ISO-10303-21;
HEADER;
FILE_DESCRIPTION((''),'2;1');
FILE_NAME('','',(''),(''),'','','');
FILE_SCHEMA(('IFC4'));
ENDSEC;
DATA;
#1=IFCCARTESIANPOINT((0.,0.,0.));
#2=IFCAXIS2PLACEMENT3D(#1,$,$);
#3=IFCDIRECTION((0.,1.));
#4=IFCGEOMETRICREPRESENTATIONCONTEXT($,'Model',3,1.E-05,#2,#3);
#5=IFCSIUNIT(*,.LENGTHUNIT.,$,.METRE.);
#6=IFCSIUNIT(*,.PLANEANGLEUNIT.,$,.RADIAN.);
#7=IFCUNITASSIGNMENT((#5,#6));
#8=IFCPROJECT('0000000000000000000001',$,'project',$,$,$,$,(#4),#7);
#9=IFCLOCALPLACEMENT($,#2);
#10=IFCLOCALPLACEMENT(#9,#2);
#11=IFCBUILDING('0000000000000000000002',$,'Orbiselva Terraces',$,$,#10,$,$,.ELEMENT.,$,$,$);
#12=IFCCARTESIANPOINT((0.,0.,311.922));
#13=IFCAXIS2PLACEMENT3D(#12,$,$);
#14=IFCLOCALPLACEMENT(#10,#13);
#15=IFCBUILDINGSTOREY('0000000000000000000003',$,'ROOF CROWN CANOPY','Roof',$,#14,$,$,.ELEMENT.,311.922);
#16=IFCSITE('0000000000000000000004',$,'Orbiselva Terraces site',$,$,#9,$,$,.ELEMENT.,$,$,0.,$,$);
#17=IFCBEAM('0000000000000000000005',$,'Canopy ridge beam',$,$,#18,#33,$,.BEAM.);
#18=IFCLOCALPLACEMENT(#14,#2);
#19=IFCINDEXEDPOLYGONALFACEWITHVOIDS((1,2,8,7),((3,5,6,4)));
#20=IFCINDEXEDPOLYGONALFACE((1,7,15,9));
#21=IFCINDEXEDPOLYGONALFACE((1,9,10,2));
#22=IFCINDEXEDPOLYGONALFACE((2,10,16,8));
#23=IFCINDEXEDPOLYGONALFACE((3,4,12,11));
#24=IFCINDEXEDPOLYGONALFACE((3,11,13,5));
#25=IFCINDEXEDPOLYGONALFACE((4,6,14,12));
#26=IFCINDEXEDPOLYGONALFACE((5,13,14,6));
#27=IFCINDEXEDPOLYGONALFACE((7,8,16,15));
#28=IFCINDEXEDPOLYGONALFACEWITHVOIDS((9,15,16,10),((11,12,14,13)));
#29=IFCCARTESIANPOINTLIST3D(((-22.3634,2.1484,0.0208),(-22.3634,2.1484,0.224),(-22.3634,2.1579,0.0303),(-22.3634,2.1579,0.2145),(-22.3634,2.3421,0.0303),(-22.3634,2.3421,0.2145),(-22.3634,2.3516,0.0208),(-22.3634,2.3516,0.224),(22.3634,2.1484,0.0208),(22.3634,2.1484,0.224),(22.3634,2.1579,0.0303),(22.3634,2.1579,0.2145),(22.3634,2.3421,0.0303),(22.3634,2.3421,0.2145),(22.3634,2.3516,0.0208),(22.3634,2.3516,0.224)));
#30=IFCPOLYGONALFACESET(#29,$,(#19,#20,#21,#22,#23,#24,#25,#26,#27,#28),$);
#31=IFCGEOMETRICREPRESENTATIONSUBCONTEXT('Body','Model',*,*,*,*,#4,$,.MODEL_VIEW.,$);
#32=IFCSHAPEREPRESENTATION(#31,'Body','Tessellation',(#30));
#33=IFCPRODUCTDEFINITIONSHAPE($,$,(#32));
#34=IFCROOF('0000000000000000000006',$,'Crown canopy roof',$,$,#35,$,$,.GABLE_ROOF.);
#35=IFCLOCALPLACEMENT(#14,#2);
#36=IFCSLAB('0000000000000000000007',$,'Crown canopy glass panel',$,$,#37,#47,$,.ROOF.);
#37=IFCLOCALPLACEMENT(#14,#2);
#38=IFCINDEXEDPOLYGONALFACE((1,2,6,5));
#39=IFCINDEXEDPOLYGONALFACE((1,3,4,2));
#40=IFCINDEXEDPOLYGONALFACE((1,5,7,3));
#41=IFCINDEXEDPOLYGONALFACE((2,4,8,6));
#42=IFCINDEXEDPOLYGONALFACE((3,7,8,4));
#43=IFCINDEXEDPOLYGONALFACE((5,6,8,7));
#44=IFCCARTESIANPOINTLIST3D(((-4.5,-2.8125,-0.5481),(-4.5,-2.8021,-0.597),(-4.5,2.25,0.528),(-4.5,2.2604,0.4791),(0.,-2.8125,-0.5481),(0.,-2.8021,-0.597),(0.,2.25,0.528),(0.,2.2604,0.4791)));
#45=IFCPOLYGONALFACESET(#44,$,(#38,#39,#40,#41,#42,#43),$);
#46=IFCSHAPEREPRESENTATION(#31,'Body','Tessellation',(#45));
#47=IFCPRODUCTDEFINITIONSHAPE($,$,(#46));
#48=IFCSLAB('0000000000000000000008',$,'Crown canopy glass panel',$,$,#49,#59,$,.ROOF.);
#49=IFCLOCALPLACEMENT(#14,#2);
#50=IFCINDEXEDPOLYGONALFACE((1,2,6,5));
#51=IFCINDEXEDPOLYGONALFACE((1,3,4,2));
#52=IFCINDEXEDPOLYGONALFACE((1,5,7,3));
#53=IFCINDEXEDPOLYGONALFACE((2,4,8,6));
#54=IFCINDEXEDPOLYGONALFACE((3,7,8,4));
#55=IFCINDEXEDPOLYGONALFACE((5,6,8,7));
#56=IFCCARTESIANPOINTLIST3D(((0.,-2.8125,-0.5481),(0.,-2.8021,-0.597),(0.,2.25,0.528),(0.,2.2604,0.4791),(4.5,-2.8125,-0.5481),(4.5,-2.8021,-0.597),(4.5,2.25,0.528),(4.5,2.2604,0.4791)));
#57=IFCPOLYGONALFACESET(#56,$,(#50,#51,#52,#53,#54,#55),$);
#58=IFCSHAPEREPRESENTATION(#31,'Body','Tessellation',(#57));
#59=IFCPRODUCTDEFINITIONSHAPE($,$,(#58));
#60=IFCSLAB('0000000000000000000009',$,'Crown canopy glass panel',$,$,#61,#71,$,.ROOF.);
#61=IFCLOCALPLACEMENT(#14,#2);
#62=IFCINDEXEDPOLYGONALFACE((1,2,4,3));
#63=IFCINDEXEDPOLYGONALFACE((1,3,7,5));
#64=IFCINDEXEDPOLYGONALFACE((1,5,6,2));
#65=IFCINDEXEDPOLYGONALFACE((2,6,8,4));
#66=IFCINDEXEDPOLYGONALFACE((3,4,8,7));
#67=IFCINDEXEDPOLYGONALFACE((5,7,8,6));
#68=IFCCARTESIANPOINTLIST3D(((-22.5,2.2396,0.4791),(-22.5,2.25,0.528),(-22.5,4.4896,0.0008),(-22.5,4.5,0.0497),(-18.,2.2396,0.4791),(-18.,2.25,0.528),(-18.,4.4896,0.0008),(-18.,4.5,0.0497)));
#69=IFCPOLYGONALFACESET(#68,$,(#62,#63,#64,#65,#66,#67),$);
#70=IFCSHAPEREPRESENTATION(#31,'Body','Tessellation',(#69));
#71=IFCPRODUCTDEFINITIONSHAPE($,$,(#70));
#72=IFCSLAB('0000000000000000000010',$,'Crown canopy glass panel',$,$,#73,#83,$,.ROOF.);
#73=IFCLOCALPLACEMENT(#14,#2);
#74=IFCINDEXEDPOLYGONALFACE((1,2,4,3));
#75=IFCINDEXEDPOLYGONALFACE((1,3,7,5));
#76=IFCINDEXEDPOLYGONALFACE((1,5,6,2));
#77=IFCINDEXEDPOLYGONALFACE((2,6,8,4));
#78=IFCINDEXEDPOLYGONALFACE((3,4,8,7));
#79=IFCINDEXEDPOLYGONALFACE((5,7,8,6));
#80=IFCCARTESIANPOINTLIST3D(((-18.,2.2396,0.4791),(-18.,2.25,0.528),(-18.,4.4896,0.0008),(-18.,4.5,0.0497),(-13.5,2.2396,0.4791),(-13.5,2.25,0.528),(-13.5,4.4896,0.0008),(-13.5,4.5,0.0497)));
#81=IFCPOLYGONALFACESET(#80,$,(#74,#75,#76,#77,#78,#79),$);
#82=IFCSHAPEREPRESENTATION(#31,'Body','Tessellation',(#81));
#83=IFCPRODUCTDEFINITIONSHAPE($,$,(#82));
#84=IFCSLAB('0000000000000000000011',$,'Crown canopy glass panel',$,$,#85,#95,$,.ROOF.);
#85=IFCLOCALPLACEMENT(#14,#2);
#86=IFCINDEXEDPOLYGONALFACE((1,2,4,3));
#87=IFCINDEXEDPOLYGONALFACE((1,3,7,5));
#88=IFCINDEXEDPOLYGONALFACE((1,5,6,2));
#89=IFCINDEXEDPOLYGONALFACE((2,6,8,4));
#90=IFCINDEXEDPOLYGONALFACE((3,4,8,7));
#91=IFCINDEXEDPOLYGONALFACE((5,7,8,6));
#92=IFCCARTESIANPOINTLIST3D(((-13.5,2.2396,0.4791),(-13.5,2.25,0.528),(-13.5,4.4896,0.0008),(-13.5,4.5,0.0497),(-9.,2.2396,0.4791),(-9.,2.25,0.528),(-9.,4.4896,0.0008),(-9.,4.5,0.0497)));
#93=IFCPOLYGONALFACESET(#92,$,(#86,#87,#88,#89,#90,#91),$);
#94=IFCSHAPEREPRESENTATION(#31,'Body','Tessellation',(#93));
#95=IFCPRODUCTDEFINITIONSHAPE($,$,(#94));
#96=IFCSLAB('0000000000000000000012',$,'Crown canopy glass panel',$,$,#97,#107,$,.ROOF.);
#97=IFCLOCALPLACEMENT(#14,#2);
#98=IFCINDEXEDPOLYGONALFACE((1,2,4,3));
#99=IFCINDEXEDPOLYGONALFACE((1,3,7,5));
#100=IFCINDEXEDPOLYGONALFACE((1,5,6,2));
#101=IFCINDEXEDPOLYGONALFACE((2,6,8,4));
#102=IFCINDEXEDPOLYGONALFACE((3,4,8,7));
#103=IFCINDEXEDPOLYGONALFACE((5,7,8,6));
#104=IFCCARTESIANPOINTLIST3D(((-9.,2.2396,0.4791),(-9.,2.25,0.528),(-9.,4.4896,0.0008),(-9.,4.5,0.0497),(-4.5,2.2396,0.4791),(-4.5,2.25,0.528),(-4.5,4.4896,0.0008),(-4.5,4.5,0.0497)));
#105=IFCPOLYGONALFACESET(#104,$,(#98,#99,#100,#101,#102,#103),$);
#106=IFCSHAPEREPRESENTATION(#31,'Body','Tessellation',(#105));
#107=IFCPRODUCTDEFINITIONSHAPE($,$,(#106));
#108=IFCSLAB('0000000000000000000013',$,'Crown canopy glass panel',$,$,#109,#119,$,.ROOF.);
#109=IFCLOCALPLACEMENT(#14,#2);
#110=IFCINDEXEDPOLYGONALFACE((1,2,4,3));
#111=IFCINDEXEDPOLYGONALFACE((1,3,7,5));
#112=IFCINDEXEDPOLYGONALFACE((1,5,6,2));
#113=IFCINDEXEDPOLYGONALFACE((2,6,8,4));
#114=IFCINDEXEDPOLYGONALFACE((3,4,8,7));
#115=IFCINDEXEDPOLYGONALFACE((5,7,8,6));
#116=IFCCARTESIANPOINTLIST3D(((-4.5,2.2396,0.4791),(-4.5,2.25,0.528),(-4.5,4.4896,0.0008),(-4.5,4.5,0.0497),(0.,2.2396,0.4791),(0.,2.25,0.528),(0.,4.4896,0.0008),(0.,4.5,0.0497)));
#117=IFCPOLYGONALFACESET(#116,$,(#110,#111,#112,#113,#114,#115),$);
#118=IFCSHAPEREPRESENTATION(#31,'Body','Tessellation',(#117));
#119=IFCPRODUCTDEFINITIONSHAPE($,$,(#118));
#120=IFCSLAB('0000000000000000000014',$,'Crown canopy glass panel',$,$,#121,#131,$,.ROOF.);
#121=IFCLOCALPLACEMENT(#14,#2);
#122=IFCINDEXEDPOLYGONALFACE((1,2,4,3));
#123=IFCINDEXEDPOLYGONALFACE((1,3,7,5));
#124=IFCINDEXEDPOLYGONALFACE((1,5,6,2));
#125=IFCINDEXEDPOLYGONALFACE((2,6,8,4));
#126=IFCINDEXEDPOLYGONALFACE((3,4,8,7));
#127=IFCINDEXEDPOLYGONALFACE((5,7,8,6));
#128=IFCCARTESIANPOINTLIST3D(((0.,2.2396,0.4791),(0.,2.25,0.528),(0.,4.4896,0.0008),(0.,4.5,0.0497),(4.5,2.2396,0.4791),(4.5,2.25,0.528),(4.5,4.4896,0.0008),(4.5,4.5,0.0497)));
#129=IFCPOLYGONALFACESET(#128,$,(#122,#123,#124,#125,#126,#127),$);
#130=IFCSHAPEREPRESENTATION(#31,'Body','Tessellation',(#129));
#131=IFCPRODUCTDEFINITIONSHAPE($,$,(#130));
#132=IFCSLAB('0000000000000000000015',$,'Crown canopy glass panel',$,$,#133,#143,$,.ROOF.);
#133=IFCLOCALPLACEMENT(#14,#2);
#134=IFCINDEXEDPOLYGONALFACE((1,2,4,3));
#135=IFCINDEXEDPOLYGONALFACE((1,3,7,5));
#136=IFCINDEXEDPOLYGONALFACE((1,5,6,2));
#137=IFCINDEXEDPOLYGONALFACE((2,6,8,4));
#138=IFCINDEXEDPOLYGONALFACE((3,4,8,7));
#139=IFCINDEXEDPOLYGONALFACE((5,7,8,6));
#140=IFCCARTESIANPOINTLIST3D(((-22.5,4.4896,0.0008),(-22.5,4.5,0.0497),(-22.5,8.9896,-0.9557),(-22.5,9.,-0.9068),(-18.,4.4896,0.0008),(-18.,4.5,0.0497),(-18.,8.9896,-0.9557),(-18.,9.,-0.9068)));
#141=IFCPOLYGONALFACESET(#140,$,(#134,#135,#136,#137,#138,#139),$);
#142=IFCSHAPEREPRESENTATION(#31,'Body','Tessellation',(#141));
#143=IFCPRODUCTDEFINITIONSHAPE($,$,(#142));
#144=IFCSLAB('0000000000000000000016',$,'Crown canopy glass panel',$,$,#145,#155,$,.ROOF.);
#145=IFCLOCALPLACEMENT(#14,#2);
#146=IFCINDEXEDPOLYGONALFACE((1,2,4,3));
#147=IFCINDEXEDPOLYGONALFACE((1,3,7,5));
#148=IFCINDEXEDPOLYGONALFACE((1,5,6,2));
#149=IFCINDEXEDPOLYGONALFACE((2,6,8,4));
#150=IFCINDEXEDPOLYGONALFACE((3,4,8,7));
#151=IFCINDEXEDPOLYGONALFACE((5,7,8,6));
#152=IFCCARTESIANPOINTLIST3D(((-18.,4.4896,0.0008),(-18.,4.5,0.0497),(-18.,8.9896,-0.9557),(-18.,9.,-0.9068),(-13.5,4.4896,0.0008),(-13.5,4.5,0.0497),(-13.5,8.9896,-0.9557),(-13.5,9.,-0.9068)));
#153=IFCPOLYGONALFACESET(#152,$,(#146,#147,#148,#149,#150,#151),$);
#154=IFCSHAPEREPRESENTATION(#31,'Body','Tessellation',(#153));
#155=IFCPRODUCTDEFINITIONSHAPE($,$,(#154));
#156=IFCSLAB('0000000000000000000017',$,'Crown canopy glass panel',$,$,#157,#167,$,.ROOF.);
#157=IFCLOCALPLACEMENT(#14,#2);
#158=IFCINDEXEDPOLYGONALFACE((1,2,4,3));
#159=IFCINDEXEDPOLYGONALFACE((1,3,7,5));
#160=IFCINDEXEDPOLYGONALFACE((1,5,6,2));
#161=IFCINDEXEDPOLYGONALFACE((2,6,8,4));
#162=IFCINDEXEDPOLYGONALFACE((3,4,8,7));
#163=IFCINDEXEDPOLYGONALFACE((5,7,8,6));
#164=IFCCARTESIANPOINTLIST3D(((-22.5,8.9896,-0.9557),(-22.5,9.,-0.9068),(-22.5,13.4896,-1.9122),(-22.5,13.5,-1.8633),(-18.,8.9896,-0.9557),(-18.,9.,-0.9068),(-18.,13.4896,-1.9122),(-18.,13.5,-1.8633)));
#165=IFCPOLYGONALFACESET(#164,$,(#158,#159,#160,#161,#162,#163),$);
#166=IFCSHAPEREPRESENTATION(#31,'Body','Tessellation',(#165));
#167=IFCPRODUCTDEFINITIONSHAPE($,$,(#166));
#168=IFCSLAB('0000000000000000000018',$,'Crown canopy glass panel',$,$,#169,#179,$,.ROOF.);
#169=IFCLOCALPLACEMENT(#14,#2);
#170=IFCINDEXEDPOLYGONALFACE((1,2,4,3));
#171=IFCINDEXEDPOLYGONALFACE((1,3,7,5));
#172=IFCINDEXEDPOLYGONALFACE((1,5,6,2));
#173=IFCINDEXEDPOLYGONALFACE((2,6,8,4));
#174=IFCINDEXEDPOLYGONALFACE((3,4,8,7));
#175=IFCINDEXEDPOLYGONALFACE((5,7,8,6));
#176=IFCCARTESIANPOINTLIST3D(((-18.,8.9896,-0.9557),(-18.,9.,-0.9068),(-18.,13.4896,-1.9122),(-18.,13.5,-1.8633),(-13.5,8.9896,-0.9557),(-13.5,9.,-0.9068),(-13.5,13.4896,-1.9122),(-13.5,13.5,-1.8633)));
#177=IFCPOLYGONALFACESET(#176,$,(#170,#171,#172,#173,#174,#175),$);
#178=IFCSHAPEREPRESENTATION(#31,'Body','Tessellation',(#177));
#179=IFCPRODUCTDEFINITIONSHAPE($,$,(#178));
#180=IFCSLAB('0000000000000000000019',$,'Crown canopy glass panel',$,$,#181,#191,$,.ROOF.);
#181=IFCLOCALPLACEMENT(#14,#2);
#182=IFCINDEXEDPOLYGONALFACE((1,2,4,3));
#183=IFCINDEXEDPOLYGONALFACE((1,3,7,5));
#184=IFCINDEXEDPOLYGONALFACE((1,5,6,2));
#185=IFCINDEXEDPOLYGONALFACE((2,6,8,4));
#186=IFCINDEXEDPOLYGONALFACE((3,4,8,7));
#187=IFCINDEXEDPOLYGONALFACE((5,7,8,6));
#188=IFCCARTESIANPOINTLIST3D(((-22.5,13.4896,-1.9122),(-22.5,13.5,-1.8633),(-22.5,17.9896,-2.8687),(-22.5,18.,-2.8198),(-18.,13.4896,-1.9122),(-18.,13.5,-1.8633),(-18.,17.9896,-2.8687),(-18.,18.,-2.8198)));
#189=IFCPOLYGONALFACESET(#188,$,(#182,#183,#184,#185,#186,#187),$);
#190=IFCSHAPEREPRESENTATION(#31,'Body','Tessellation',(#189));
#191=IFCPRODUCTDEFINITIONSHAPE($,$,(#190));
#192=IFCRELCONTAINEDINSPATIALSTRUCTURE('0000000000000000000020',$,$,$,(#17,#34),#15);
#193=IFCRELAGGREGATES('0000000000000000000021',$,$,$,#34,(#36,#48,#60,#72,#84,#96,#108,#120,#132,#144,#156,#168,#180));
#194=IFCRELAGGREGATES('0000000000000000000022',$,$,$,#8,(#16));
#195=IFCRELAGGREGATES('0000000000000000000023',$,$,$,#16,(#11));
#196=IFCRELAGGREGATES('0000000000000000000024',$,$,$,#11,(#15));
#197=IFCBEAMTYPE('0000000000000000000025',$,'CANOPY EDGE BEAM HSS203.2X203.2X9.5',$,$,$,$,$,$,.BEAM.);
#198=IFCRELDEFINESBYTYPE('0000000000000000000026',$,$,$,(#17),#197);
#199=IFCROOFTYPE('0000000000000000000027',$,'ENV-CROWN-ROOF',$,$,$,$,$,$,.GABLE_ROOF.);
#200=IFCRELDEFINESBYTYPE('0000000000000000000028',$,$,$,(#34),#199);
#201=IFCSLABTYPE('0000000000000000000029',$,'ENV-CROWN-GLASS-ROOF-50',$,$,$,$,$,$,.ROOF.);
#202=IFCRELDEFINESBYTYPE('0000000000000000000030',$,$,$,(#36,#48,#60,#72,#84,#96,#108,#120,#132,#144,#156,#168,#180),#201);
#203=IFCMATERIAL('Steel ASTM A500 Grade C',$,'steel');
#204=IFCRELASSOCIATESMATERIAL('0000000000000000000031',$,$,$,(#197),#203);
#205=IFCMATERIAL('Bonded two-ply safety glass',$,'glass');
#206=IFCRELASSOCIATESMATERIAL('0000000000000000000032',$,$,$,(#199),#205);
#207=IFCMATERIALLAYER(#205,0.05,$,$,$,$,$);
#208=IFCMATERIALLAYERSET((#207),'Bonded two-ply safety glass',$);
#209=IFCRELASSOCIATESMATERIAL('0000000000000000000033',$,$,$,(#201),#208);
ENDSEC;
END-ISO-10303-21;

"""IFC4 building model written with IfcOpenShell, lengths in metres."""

from ifc_helpers import new_model, si_unit, direction, frame, origin, origin_2d, place, context, subcontext, project, spatial, polyline, hollow_rectangle, outline, extrude, material, layer, layer_set, material_profile, profile_set, type_object, element, aggregate, save


model = new_model("IFC4")

# Units and contexts
model_context = context("Model", 3, precision=1e-05, world=origin(), true_north=direction((0.0, 1.0)))
body_context = subcontext(model_context, "Body", "Model", "MODEL_VIEW")
ifc_project = project(units=[si_unit("LENGTHUNIT", "METRE"), si_unit("PLANEANGLEUNIT", "RADIAN")], contexts=[model_context])

# Site, building, storey
site_placement = place(None, origin())
site = spatial("IfcSite", under=ifc_project, at=site_placement, Name="Orbiselva Terraces site", CompositionType="ELEMENT", RefElevation=0.0)
building_placement = place(site_placement, origin())
building = spatial("IfcBuilding", under=site, at=building_placement, Name="Orbiselva Terraces", CompositionType="ELEMENT")
storey_placement = place(building_placement, frame((0.0, 0.0, 311.922)))
storey = spatial("IfcBuildingStorey", under=building, at=storey_placement, Name="ROOF CROWN CANOPY", Description="Roof", CompositionType="ELEMENT", Elevation=311.922)

# Beam
ifc_material_1 = material(Name="Steel ASTM A500 Grade C", Category="steel")
ifc_material_profile = material_profile(ifc_material_1, hollow_rectangle(XDim=0.2032, YDim=0.2032, WallThickness=0.0095, at=origin_2d()), Name="HSS203.2X203.2X9.5")
ifc_profile_set = profile_set([ifc_material_profile], Name="Steel ASTM A500 Grade C")
beam_type = type_object("IfcBeamType", Name="CANOPY EDGE BEAM HSS203.2X203.2X9.5", PredefinedType="BEAM", material=ifc_profile_set)
beam_placement = place(storey_placement, frame((-22.3635, 2.25, 0.1224), z_axis=(1.0, 0.0, 0.0), x_axis=(0.0, 1.0, 0.0)))
element("IfcBeam", 1, at=beam_placement, inside=storey, type_object=beam_type, Name="Canopy ridge beam", PredefinedType="BEAM", context=body_context, shape_type="SweptSolid", body=[
    extrude(hollow_rectangle(XDim=0.2032, YDim=0.2032, WallThickness=0.0095, at=origin_2d()), origin(), (0.0, 0.0, 1.0), 44.7269),
])

# Roof, slabs
ifc_material_2 = material(Name="Bonded two-ply safety glass", Category="glass")
roof_type = type_object("IfcRoofType", Name="ENV-CROWN-ROOF", PredefinedType="GABLE_ROOF", material=ifc_material_2)
roof_placement = place(storey_placement, origin())
roof = element("IfcRoof", 2, at=roof_placement, inside=storey, type_object=roof_type, Name="Crown canopy roof", PredefinedType="GABLE_ROOF")
ifc_layer = layer(ifc_material_2, 0.05)
ifc_layer_set = layer_set([ifc_layer], Name="Bonded two-ply safety glass")
slab_type = type_object("IfcSlabType", Name="ENV-CROWN-GLASS-ROOF-50", PredefinedType="ROOF", material=ifc_layer_set)
slab_1_placement = place(storey_placement, frame((-4.5, -2.8125, -0.5481), z_axis=(0.0, -0.207912, 0.978148), x_axis=(1.0, 0.0, 0.0)))
slab_1 = element("IfcSlab", 3, at=slab_1_placement, type_object=slab_type, Name="Crown canopy glass panel", PredefinedType="ROOF", context=body_context, shape_type="SweptSolid", body=[
    extrude(outline(polyline([(0.0, 0.0), (4.5, 0.0), (4.5, 5.1756), (0.0, 5.1756), (0.0, 0.0)])), origin(), (0.0, 0.0, -1.0), 0.05),
])
slab_2_placement = place(storey_placement, frame((0.0, -2.8125, -0.5481), z_axis=(0.0, -0.207912, 0.978148), x_axis=(1.0, 0.0, 0.0)))
slab_2 = element("IfcSlab", 4, at=slab_2_placement, type_object=slab_type, Name="Crown canopy glass panel", PredefinedType="ROOF", context=body_context, shape_type="SweptSolid", body=[
    extrude(outline(polyline([(0.0, 0.0), (4.5, 0.0), (4.5, 5.1756), (0.0, 5.1756), (0.0, 0.0)])), origin(), (0.0, 0.0, -1.0), 0.05),
])
slab_3_placement = place(storey_placement, frame((-22.5, 2.25, 0.528), z_axis=(0.0, 0.207912, 0.978148), x_axis=(1.0, 0.0, 0.0)))
slab_3 = element("IfcSlab", 5, at=slab_3_placement, type_object=slab_type, Name="Crown canopy glass panel", PredefinedType="ROOF", context=body_context, shape_type="SweptSolid", body=[
    extrude(outline(polyline([(0.0, 0.0), (4.5, 0.0), (4.5, 2.3003), (0.0, 2.3003), (0.0, 0.0)])), origin(), (0.0, 0.0, -1.0), 0.05),
])
slab_4_placement = place(storey_placement, frame((-18.0, 2.25, 0.528), z_axis=(0.0, 0.207912, 0.978148), x_axis=(1.0, 0.0, 0.0)))
slab_4 = element("IfcSlab", 6, at=slab_4_placement, type_object=slab_type, Name="Crown canopy glass panel", PredefinedType="ROOF", context=body_context, shape_type="SweptSolid", body=[
    extrude(outline(polyline([(0.0, 0.0), (4.5, 0.0), (4.5, 2.3003), (0.0, 2.3003), (0.0, 0.0)])), origin(), (0.0, 0.0, -1.0), 0.05),
])
slab_5_placement = place(storey_placement, frame((-13.5, 2.25, 0.528), z_axis=(0.0, 0.207912, 0.978148), x_axis=(1.0, 0.0, 0.0)))
slab_5 = element("IfcSlab", 7, at=slab_5_placement, type_object=slab_type, Name="Crown canopy glass panel", PredefinedType="ROOF", context=body_context, shape_type="SweptSolid", body=[
    extrude(outline(polyline([(0.0, 0.0), (4.5, 0.0), (4.5, 2.3003), (0.0, 2.3003), (0.0, 0.0)])), origin(), (0.0, 0.0, -1.0), 0.05),
])
slab_6_placement = place(storey_placement, frame((-9.0, 2.25, 0.528), z_axis=(0.0, 0.207912, 0.978148), x_axis=(1.0, 0.0, 0.0)))
slab_6 = element("IfcSlab", 8, at=slab_6_placement, type_object=slab_type, Name="Crown canopy glass panel", PredefinedType="ROOF", context=body_context, shape_type="SweptSolid", body=[
    extrude(outline(polyline([(0.0, 0.0), (4.5, 0.0), (4.5, 2.3003), (0.0, 2.3003), (0.0, 0.0)])), origin(), (0.0, 0.0, -1.0), 0.05),
])
slab_7_placement = place(storey_placement, frame((-4.5, 2.25, 0.528), z_axis=(0.0, 0.207912, 0.978148), x_axis=(1.0, 0.0, 0.0)))
slab_7 = element("IfcSlab", 9, at=slab_7_placement, type_object=slab_type, Name="Crown canopy glass panel", PredefinedType="ROOF", context=body_context, shape_type="SweptSolid", body=[
    extrude(outline(polyline([(0.0, 0.0), (4.5, 0.0), (4.5, 2.3003), (0.0, 2.3003), (0.0, 0.0)])), origin(), (0.0, 0.0, -1.0), 0.05),
])
slab_8_placement = place(storey_placement, frame((0.0, 2.25, 0.528), z_axis=(0.0, 0.207912, 0.978148), x_axis=(1.0, 0.0, 0.0)))
slab_8 = element("IfcSlab", 10, at=slab_8_placement, type_object=slab_type, Name="Crown canopy glass panel", PredefinedType="ROOF", context=body_context, shape_type="SweptSolid", body=[
    extrude(outline(polyline([(0.0, 0.0), (4.5, 0.0), (4.5, 2.3003), (0.0, 2.3003), (0.0, 0.0)])), origin(), (0.0, 0.0, -1.0), 0.05),
])
slab_9_placement = place(storey_placement, frame((-22.5, 4.5, 0.0497), z_axis=(0.0, 0.207912, 0.978148), x_axis=(1.0, 0.0, 0.0)))
slab_9 = element("IfcSlab", 11, at=slab_9_placement, type_object=slab_type, Name="Crown canopy glass panel", PredefinedType="ROOF", context=body_context, shape_type="SweptSolid", body=[
    extrude(outline(polyline([(0.0, 0.0), (4.5, 0.0), (4.5, 4.6005), (0.0, 4.6005), (0.0, 0.0)])), origin(), (0.0, 0.0, -1.0), 0.05),
])
slab_10_placement = place(storey_placement, frame((-18.0, 4.5, 0.0497), z_axis=(0.0, 0.207912, 0.978148), x_axis=(1.0, 0.0, 0.0)))
slab_10 = element("IfcSlab", 12, at=slab_10_placement, type_object=slab_type, Name="Crown canopy glass panel", PredefinedType="ROOF", context=body_context, shape_type="SweptSolid", body=[
    extrude(outline(polyline([(0.0, 0.0), (4.5, 0.0), (4.5, 4.6005), (0.0, 4.6005), (0.0, 0.0)])), origin(), (0.0, 0.0, -1.0), 0.05),
])
slab_11_placement = place(storey_placement, frame((-22.5, 9.0, -0.9068), z_axis=(0.0, 0.207912, 0.978148), x_axis=(1.0, 0.0, 0.0)))
slab_11 = element("IfcSlab", 13, at=slab_11_placement, type_object=slab_type, Name="Crown canopy glass panel", PredefinedType="ROOF", context=body_context, shape_type="SweptSolid", body=[
    extrude(outline(polyline([(0.0, 0.0), (4.5, 0.0), (4.5, 4.6005), (0.0, 4.6005), (0.0, 0.0)])), origin(), (0.0, 0.0, -1.0), 0.05),
])
slab_12_placement = place(storey_placement, frame((-18.0, 9.0, -0.9068), z_axis=(0.0, 0.207912, 0.978148), x_axis=(1.0, 0.0, 0.0)))
slab_12 = element("IfcSlab", 14, at=slab_12_placement, type_object=slab_type, Name="Crown canopy glass panel", PredefinedType="ROOF", context=body_context, shape_type="SweptSolid", body=[
    extrude(outline(polyline([(0.0, 0.0), (4.5, 0.0), (4.5, 4.6005), (0.0, 4.6005), (0.0, 0.0)])), origin(), (0.0, 0.0, -1.0), 0.05),
])
slab_13_placement = place(storey_placement, frame((-22.5, 13.5, -1.8633), z_axis=(0.0, 0.207912, 0.978148), x_axis=(1.0, 0.0, 0.0)))
slab_13 = element("IfcSlab", 15, at=slab_13_placement, type_object=slab_type, Name="Crown canopy glass panel", PredefinedType="ROOF", context=body_context, shape_type="SweptSolid", body=[
    extrude(outline(polyline([(0.0, 0.0), (4.5, 0.0), (4.5, 4.6005), (0.0, 4.6005), (0.0, 0.0)])), origin(), (0.0, 0.0, -1.0), 0.05),
])
aggregate(roof, [slab_1, slab_2, slab_3, slab_4, slab_5, slab_6, slab_7, slab_8, slab_9, slab_10, slab_11, slab_12, slab_13])

save(model, "model.ifc")
